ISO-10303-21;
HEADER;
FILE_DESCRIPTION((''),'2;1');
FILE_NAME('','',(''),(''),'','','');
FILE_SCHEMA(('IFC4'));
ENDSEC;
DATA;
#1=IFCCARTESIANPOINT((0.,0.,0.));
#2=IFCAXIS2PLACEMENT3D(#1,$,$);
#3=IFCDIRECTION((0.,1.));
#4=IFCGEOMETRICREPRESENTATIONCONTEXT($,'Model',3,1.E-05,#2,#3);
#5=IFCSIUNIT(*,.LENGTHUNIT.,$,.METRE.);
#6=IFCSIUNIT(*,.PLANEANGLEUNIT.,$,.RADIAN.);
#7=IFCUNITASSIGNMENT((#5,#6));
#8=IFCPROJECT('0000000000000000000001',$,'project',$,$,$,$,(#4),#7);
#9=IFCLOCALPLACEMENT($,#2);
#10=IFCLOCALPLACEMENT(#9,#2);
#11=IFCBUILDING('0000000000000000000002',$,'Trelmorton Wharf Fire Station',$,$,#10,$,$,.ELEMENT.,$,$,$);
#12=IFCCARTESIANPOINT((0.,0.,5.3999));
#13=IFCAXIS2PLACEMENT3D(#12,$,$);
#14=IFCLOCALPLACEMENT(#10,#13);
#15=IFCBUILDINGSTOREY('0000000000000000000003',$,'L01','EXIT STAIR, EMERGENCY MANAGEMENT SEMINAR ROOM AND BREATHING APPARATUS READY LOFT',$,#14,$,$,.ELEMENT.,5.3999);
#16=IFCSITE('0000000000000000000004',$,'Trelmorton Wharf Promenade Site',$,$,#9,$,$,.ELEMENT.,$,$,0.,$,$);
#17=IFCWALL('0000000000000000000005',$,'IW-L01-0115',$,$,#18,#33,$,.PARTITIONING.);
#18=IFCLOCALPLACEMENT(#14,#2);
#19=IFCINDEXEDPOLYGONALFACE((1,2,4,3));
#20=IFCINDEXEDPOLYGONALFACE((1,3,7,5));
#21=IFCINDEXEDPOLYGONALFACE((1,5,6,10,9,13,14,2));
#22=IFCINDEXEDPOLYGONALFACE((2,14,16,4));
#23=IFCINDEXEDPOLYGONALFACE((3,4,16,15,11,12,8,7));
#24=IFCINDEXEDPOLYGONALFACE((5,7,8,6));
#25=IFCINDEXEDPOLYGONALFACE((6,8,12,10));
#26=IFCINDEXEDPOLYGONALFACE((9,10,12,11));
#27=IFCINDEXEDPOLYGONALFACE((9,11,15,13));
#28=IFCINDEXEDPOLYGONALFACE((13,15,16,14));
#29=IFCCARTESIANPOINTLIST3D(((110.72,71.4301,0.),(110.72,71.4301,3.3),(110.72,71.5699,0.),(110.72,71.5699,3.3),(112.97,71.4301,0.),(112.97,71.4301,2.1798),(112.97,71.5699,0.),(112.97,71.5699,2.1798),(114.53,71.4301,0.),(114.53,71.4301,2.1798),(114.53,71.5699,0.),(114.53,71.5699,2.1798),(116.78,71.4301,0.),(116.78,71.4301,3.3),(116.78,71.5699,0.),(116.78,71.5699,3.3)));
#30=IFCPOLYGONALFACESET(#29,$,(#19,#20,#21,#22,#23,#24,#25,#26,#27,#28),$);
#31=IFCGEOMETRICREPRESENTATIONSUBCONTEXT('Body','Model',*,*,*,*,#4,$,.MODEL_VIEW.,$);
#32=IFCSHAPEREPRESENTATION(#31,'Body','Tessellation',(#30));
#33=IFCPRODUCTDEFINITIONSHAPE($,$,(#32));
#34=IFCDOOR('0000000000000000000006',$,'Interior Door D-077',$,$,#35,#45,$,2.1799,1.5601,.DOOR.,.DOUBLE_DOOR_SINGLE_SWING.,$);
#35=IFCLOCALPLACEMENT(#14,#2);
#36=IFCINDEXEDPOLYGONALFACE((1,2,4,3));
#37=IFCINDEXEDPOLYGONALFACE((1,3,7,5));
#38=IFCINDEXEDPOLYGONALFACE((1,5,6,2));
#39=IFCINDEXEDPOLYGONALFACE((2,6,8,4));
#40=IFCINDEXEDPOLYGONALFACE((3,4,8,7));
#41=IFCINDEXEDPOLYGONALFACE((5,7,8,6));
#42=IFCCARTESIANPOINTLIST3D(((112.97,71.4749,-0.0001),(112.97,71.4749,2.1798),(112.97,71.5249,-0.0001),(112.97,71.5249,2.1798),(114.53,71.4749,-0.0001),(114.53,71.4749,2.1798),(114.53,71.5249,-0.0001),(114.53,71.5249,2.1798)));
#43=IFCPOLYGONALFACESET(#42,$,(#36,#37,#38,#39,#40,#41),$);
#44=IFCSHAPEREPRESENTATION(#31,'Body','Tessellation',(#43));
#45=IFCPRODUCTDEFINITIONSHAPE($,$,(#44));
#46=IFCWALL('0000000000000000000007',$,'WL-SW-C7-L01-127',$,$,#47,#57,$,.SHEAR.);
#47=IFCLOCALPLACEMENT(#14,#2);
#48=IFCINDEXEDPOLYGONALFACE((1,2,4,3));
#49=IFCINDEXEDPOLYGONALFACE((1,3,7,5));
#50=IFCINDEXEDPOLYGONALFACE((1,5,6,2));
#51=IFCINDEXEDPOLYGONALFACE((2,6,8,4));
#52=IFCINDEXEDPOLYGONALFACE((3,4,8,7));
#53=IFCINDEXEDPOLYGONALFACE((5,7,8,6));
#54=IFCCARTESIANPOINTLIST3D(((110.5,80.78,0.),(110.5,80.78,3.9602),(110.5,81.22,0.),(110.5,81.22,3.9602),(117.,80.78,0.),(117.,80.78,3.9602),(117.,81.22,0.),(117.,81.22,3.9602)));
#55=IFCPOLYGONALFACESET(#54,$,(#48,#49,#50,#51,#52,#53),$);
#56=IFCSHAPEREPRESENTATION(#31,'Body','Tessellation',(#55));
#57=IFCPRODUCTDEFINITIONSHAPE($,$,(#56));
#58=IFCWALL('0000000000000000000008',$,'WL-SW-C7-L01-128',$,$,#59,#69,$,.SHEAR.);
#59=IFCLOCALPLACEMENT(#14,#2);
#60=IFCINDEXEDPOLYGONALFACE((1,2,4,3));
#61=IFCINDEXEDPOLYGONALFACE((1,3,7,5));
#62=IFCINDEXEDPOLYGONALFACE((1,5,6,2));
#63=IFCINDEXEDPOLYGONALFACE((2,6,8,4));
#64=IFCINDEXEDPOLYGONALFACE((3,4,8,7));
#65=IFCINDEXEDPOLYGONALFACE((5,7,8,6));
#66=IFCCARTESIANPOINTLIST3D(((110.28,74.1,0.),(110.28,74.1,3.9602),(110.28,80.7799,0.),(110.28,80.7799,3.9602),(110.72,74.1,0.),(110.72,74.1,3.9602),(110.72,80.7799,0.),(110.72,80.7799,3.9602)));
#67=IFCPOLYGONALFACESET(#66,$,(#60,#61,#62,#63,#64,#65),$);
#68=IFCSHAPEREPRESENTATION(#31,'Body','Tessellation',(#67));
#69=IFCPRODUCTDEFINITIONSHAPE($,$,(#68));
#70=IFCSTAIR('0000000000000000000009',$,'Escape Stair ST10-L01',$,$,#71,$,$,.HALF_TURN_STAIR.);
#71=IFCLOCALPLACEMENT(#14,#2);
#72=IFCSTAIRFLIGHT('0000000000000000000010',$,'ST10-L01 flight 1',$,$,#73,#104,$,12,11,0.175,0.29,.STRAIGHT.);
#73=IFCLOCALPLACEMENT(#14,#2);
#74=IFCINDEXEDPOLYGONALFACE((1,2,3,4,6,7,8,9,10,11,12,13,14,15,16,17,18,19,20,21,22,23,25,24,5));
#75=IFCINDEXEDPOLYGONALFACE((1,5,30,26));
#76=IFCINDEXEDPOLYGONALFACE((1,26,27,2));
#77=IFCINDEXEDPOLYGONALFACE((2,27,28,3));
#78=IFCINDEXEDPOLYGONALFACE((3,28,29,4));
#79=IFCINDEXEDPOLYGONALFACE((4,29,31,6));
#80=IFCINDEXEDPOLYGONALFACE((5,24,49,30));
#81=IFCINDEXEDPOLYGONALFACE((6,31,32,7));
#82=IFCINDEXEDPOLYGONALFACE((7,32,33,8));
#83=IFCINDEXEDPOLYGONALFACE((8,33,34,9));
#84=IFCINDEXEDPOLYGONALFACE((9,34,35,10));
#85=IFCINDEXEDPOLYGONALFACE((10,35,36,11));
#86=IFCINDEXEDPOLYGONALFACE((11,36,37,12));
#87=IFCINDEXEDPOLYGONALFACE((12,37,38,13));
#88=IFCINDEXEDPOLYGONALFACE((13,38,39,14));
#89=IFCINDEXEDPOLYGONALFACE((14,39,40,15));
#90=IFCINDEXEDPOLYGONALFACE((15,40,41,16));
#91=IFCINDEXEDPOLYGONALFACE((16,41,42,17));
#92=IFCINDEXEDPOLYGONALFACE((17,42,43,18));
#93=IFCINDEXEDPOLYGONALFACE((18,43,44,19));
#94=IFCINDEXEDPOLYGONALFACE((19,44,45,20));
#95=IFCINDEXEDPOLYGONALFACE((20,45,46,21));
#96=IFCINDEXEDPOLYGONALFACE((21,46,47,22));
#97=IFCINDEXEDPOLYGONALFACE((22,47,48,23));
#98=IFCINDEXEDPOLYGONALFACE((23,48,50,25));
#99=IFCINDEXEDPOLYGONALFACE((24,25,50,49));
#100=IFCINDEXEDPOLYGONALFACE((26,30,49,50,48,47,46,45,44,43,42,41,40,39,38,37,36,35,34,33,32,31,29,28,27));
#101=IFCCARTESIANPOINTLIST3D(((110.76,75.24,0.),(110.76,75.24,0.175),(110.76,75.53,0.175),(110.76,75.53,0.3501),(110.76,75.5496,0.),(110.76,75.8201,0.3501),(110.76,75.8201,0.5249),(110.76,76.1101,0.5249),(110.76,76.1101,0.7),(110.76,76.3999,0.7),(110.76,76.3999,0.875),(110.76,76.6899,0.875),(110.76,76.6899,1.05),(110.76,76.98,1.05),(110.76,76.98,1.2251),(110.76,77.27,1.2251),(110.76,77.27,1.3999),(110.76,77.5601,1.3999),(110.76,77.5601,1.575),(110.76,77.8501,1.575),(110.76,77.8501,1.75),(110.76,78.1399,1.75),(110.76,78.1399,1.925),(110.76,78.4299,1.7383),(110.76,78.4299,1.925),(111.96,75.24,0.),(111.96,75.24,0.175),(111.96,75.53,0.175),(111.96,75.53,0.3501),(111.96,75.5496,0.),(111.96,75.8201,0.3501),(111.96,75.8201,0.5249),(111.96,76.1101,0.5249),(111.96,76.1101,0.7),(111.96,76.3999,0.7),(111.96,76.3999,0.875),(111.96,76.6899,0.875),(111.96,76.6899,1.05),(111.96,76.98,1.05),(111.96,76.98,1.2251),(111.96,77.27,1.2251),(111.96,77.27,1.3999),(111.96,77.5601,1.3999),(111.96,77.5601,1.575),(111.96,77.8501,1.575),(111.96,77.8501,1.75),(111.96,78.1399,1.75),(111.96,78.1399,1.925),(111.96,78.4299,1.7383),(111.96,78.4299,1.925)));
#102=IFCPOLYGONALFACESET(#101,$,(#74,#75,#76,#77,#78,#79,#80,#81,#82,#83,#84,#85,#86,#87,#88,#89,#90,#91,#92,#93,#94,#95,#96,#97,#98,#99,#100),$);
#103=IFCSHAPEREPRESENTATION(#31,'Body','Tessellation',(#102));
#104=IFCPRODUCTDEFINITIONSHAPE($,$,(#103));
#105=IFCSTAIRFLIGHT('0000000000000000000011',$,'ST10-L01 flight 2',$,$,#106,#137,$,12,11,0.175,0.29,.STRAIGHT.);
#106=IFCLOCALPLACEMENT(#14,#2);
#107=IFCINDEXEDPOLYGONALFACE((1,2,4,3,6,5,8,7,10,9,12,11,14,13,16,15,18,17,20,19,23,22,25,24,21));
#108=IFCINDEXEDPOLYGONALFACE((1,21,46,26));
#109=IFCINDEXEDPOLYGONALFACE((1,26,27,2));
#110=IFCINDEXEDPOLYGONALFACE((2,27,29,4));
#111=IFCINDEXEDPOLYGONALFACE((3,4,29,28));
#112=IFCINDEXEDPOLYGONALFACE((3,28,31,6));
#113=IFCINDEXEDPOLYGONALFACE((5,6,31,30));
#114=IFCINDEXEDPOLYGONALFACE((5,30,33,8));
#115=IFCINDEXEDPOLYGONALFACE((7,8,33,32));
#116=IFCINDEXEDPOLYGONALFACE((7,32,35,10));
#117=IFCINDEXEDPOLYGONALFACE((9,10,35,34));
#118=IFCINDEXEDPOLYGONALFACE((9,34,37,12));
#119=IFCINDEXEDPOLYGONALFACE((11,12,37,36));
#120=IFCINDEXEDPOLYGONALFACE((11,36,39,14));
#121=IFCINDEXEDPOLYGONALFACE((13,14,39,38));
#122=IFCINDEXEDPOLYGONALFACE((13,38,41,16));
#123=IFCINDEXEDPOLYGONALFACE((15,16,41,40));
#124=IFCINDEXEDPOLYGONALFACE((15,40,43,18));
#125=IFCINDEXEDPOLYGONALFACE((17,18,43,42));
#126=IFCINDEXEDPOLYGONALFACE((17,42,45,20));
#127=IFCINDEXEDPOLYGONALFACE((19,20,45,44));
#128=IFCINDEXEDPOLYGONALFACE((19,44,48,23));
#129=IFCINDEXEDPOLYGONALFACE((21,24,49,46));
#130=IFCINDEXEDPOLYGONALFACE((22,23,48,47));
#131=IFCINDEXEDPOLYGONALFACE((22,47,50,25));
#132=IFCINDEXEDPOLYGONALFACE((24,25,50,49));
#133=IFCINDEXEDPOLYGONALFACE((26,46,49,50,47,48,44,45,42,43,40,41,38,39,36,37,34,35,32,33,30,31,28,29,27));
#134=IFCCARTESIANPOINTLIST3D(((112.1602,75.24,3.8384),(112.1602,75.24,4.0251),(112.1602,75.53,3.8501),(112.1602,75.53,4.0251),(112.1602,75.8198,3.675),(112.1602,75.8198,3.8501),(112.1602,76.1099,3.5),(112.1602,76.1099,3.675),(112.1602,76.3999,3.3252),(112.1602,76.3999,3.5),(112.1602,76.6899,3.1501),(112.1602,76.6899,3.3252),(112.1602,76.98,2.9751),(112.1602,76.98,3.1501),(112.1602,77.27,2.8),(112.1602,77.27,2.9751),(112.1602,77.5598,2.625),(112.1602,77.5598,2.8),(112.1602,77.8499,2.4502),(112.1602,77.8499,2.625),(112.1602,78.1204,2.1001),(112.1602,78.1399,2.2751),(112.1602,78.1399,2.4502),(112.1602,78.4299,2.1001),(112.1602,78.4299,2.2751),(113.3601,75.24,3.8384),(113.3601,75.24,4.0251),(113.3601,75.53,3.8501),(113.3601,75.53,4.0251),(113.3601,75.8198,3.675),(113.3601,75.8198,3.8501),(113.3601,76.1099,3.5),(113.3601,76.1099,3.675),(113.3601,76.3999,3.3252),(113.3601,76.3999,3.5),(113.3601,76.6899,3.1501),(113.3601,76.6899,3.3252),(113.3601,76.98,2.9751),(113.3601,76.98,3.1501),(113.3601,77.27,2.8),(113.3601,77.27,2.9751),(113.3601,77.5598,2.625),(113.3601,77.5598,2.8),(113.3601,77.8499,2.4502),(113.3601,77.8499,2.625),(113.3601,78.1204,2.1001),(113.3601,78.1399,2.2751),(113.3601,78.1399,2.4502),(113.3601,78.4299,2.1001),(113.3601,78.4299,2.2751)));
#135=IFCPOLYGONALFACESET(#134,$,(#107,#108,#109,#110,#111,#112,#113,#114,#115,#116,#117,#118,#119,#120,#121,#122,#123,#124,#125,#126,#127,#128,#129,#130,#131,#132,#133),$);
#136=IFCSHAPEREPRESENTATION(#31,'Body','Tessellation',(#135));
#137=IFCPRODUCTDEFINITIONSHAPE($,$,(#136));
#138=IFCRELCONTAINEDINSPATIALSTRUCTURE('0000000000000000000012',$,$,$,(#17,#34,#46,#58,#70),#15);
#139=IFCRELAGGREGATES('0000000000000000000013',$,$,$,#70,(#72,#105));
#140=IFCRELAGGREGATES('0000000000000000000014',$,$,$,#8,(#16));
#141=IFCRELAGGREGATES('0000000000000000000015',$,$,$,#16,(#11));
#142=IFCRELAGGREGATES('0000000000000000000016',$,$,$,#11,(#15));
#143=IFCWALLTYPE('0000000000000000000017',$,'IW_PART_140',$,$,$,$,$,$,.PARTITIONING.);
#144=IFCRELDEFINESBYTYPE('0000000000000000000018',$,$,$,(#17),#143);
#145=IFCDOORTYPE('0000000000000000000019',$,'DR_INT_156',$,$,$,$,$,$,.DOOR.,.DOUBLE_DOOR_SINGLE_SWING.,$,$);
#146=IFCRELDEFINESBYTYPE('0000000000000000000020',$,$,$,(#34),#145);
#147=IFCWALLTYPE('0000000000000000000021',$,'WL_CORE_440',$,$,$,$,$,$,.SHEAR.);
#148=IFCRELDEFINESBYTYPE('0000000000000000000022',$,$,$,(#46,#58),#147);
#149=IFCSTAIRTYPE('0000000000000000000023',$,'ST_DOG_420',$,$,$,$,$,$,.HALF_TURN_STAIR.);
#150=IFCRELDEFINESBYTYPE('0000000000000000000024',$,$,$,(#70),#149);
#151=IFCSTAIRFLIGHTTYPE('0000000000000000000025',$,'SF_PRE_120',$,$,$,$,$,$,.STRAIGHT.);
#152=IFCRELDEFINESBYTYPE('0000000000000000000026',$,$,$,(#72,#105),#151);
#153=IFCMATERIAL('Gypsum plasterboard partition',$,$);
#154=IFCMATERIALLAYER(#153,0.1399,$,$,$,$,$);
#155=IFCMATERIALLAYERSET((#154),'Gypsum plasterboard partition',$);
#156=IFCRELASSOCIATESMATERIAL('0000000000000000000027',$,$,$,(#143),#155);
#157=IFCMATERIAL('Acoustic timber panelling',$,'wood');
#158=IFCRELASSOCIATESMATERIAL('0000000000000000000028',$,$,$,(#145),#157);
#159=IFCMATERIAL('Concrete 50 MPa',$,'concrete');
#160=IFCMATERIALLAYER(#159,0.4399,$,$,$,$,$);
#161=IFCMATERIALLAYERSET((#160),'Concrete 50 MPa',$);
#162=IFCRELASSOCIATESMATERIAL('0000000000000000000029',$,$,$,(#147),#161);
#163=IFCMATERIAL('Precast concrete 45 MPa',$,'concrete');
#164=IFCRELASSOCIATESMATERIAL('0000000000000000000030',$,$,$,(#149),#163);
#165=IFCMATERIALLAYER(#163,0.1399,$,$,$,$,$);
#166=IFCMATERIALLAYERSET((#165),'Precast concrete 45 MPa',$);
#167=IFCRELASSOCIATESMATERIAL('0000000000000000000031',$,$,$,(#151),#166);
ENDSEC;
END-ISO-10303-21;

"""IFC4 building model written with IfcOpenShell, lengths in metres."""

from ifc_helpers import new_model, si_unit, direction, frame, frame_2d, origin, place, context, subcontext, project, spatial, polyline, rectangle, outline, extrude, material, layer, layer_set, type_object, element, fill, aggregate, save


model = new_model("IFC4")

# Units and contexts
model_context = context("Model", 3, precision=1e-05, world=origin(), true_north=direction((0.0, 1.0)))
body_context = subcontext(model_context, "Body", "Model", "MODEL_VIEW")
ifc_project = project(units=[si_unit("LENGTHUNIT", "METRE"), si_unit("PLANEANGLEUNIT", "RADIAN")], contexts=[model_context])

# Site, building, storey
site_placement = place(None, origin())
site = spatial("IfcSite", under=ifc_project, at=site_placement, Name="Trelmorton Wharf Promenade Site", CompositionType="ELEMENT", RefElevation=0.0)
building_placement = place(site_placement, origin())
building = spatial("IfcBuilding", under=site, at=building_placement, Name="Trelmorton Wharf Fire Station", CompositionType="ELEMENT")
storey_placement = place(building_placement, frame((0.0, 0.0, 5.3999)))
storey = spatial("IfcBuildingStorey", under=building, at=storey_placement, Name="L01", Description="EXIT STAIR, EMERGENCY MANAGEMENT SEMINAR ROOM AND BREATHING APPARATUS READY LOFT", CompositionType="ELEMENT", Elevation=5.3999)

# Shared definitions
ifc_material_1 = material(Name="Gypsum plasterboard partition")

# Wall, opening, door
ifc_layer_1 = layer(ifc_material_1, 0.1399)
ifc_layer_set_1 = layer_set([ifc_layer_1], Name="Gypsum plasterboard partition")
wall_type_1 = type_object("IfcWallType", Name="IW_PART_140", PredefinedType="PARTITIONING", material=ifc_layer_set_1)
wall_1_placement = place(storey_placement, frame((110.72, 71.5, 0.0), z_axis=(0.0, 0.0, 1.0), x_axis=(1.0, 0.0, 0.0)))
wall_1 = element("IfcWall", 1, at=wall_1_placement, inside=storey, type_object=wall_type_1, Name="IW-L01-0115", PredefinedType="PARTITIONING", context=body_context, shape_type="SweptSolid", body=[
    extrude(rectangle(XDim=6.0601, YDim=0.1399, at=frame_2d((3.03, 0.0))), origin(), (0.0, 0.0, 1.0), 3.3),
])
opening_1_placement = place(wall_1_placement, frame((2.25, 0.0, 0.0)))
opening_1 = element("IfcOpeningElement", 2, at=opening_1_placement, cuts=wall_1, PredefinedType="OPENING", context=body_context, shape_type="SweptSolid", body=[
    extrude(rectangle(XDim=1.5601, YDim=2.1799, at=frame_2d((0.78, 1.0898))), frame((0.0, 0.0801, 0.0), z_axis=(0.0, -1.0, 0.0), x_axis=(1.0, 0.0, 0.0)), (0.0, 0.0, 1.0), 0.1599),
])
ifc_material_2 = material(Name="Acoustic timber panelling", Category="wood")
door_type_1 = type_object("IfcDoorType", Name="DR_INT_156", OperationType="DOUBLE_DOOR_SINGLE_SWING", PredefinedType="DOOR", material=ifc_material_2)
door_1_placement = place(opening_1_placement, origin())
door_1 = element("IfcDoor", 3, at=door_1_placement, inside=storey, type_object=door_type_1, Name="Interior Door D-077", OperationType="DOUBLE_DOOR_SINGLE_SWING", OverallHeight=2.1799, OverallWidth=1.5601, PredefinedType="DOOR", context=body_context, shape_type="SweptSolid", body=[
    extrude(rectangle(XDim=1.5601, YDim=2.1799, at=frame_2d((0.78, 1.0898))), frame((0.0, 0.0249, 0.0), z_axis=(0.0, -1.0, 0.0), x_axis=(1.0, 0.0, 0.0)), (0.0, 0.0, 1.0), 0.05),
])
fill(opening_1, door_1)

# Walls
ifc_material_3 = material(Name="Concrete 50 MPa", Category="concrete")
ifc_layer_2 = layer(ifc_material_3, 0.4399)
ifc_layer_set_2 = layer_set([ifc_layer_2], Name="Concrete 50 MPa")
wall_type_2 = type_object("IfcWallType", Name="WL_CORE_440", PredefinedType="SHEAR", material=ifc_layer_set_2)
wall_2_placement = place(storey_placement, frame((110.5, 81.0, 0.0), z_axis=(0.0, 0.0, 1.0), x_axis=(1.0, 0.0, 0.0)))
element("IfcWall", 4, at=wall_2_placement, inside=storey, type_object=wall_type_2, Name="WL-SW-C7-L01-127", PredefinedType="SHEAR", context=body_context, shape_type="SweptSolid", body=[
    extrude(rectangle(XDim=6.5, YDim=0.4399, at=frame_2d((3.25, 0.0))), origin(), (0.0, 0.0, 1.0), 3.9602),
])
wall_3_placement = place(storey_placement, frame((110.5, 74.1001, 0.0), z_axis=(0.0, 0.0, 1.0), x_axis=(0.0, 1.0, 0.0)))
element("IfcWall", 5, at=wall_3_placement, inside=storey, type_object=wall_type_2, Name="WL-SW-C7-L01-128", PredefinedType="SHEAR", context=body_context, shape_type="SweptSolid", body=[
    extrude(rectangle(XDim=6.6799, YDim=0.4399, at=frame_2d((3.3398, 0.0))), origin(), (0.0, 0.0, 1.0), 3.9602),
])

# Stair, stair flights
ifc_material_4 = material(Name="Precast concrete 45 MPa", Category="concrete")
stair_type = type_object("IfcStairType", Name="ST_DOG_420", PredefinedType="HALF_TURN_STAIR", material=ifc_material_4)
stair_placement = place(storey_placement, origin())
stair = element("IfcStair", 6, at=stair_placement, inside=storey, type_object=stair_type, Name="Escape Stair ST10-L01", PredefinedType="HALF_TURN_STAIR")
ifc_layer_3 = layer(ifc_material_4, 0.1399)
ifc_layer_set_3 = layer_set([ifc_layer_3], Name="Precast concrete 45 MPa")
stair_flight_type = type_object("IfcStairFlightType", Name="SF_PRE_120", PredefinedType="STRAIGHT", material=ifc_layer_set_3)
stair_flight_1_placement = place(storey_placement, frame((111.3601, 75.24, 0.0), z_axis=(0.0, 0.0, 1.0), x_axis=(0.0, 1.0, 0.0)))
stair_flight_1 = element("IfcStairFlight", 7, at=stair_flight_1_placement, type_object=stair_flight_type, Name="ST10-L01 flight 1", NumberOfRisers=12, NumberOfTreads=11, PredefinedType="STRAIGHT", RiserHeight=0.175, TreadLength=0.29, context=body_context, shape_type="SweptSolid", body=[
    extrude(outline(polyline([(0.0, 0.0), (0.0, 0.175), (0.29, 0.175), (0.29, 0.3501), (0.5801, 0.3501), (0.5801, 0.5249), (0.8701, 0.5249), (0.8701, 0.7), (1.1599, 0.7), (1.1599, 0.875), (1.45, 0.875), (1.45, 1.05), (1.74, 1.05), (1.74, 1.2251), (2.03, 1.2251), (2.03, 1.3999), (2.3201, 1.3999), (2.3201, 1.575), (2.6101, 1.575), (2.6101, 1.75), (2.8999, 1.75), (2.8999, 1.925), (3.1899, 1.925), (3.1899, 2.1001), (3.1899, 1.7383), (0.3096, 0.0), (0.0, 0.0)])), frame((0.0, 0.6001, 0.0), z_axis=(0.0, -1.0, 0.0), x_axis=(1.0, 0.0, 0.0)), (0.0, 0.0, 1.0), 1.2),
])
stair_flight_2_placement = place(storey_placement, frame((112.76, 78.4299, 2.1001), z_axis=(0.0, 0.0, 1.0), x_axis=(0.0, -1.0, 0.0)))
stair_flight_2 = element("IfcStairFlight", 8, at=stair_flight_2_placement, type_object=stair_flight_type, Name="ST10-L01 flight 2", NumberOfRisers=12, NumberOfTreads=11, PredefinedType="STRAIGHT", RiserHeight=0.175, TreadLength=0.29, context=body_context, shape_type="SweptSolid", body=[
    extrude(outline(polyline([(0.0, 0.0), (0.0, 0.175), (0.29, 0.175), (0.29, 0.3501), (0.5801, 0.3501), (0.5801, 0.5249), (0.8701, 0.5249), (0.8701, 0.7), (1.1599, 0.7), (1.1599, 0.875), (1.45, 0.875), (1.45, 1.05), (1.74, 1.05), (1.74, 1.2251), (2.03, 1.2251), (2.03, 1.3999), (2.3201, 1.3999), (2.3201, 1.575), (2.6101, 1.575), (2.6101, 1.75), (2.8999, 1.75), (2.8999, 1.925), (3.1899, 1.925), (3.1899, 2.1001), (3.1899, 1.7383), (0.3096, 0.0), (0.0, 0.0)])), frame((0.0, 0.6001, 0.0), z_axis=(0.0, -1.0, 0.0), x_axis=(1.0, 0.0, 0.0)), (0.0, 0.0, 1.0), 1.2),
])
aggregate(stair, [stair_flight_1, stair_flight_2])

save(model, "model.ifc")
